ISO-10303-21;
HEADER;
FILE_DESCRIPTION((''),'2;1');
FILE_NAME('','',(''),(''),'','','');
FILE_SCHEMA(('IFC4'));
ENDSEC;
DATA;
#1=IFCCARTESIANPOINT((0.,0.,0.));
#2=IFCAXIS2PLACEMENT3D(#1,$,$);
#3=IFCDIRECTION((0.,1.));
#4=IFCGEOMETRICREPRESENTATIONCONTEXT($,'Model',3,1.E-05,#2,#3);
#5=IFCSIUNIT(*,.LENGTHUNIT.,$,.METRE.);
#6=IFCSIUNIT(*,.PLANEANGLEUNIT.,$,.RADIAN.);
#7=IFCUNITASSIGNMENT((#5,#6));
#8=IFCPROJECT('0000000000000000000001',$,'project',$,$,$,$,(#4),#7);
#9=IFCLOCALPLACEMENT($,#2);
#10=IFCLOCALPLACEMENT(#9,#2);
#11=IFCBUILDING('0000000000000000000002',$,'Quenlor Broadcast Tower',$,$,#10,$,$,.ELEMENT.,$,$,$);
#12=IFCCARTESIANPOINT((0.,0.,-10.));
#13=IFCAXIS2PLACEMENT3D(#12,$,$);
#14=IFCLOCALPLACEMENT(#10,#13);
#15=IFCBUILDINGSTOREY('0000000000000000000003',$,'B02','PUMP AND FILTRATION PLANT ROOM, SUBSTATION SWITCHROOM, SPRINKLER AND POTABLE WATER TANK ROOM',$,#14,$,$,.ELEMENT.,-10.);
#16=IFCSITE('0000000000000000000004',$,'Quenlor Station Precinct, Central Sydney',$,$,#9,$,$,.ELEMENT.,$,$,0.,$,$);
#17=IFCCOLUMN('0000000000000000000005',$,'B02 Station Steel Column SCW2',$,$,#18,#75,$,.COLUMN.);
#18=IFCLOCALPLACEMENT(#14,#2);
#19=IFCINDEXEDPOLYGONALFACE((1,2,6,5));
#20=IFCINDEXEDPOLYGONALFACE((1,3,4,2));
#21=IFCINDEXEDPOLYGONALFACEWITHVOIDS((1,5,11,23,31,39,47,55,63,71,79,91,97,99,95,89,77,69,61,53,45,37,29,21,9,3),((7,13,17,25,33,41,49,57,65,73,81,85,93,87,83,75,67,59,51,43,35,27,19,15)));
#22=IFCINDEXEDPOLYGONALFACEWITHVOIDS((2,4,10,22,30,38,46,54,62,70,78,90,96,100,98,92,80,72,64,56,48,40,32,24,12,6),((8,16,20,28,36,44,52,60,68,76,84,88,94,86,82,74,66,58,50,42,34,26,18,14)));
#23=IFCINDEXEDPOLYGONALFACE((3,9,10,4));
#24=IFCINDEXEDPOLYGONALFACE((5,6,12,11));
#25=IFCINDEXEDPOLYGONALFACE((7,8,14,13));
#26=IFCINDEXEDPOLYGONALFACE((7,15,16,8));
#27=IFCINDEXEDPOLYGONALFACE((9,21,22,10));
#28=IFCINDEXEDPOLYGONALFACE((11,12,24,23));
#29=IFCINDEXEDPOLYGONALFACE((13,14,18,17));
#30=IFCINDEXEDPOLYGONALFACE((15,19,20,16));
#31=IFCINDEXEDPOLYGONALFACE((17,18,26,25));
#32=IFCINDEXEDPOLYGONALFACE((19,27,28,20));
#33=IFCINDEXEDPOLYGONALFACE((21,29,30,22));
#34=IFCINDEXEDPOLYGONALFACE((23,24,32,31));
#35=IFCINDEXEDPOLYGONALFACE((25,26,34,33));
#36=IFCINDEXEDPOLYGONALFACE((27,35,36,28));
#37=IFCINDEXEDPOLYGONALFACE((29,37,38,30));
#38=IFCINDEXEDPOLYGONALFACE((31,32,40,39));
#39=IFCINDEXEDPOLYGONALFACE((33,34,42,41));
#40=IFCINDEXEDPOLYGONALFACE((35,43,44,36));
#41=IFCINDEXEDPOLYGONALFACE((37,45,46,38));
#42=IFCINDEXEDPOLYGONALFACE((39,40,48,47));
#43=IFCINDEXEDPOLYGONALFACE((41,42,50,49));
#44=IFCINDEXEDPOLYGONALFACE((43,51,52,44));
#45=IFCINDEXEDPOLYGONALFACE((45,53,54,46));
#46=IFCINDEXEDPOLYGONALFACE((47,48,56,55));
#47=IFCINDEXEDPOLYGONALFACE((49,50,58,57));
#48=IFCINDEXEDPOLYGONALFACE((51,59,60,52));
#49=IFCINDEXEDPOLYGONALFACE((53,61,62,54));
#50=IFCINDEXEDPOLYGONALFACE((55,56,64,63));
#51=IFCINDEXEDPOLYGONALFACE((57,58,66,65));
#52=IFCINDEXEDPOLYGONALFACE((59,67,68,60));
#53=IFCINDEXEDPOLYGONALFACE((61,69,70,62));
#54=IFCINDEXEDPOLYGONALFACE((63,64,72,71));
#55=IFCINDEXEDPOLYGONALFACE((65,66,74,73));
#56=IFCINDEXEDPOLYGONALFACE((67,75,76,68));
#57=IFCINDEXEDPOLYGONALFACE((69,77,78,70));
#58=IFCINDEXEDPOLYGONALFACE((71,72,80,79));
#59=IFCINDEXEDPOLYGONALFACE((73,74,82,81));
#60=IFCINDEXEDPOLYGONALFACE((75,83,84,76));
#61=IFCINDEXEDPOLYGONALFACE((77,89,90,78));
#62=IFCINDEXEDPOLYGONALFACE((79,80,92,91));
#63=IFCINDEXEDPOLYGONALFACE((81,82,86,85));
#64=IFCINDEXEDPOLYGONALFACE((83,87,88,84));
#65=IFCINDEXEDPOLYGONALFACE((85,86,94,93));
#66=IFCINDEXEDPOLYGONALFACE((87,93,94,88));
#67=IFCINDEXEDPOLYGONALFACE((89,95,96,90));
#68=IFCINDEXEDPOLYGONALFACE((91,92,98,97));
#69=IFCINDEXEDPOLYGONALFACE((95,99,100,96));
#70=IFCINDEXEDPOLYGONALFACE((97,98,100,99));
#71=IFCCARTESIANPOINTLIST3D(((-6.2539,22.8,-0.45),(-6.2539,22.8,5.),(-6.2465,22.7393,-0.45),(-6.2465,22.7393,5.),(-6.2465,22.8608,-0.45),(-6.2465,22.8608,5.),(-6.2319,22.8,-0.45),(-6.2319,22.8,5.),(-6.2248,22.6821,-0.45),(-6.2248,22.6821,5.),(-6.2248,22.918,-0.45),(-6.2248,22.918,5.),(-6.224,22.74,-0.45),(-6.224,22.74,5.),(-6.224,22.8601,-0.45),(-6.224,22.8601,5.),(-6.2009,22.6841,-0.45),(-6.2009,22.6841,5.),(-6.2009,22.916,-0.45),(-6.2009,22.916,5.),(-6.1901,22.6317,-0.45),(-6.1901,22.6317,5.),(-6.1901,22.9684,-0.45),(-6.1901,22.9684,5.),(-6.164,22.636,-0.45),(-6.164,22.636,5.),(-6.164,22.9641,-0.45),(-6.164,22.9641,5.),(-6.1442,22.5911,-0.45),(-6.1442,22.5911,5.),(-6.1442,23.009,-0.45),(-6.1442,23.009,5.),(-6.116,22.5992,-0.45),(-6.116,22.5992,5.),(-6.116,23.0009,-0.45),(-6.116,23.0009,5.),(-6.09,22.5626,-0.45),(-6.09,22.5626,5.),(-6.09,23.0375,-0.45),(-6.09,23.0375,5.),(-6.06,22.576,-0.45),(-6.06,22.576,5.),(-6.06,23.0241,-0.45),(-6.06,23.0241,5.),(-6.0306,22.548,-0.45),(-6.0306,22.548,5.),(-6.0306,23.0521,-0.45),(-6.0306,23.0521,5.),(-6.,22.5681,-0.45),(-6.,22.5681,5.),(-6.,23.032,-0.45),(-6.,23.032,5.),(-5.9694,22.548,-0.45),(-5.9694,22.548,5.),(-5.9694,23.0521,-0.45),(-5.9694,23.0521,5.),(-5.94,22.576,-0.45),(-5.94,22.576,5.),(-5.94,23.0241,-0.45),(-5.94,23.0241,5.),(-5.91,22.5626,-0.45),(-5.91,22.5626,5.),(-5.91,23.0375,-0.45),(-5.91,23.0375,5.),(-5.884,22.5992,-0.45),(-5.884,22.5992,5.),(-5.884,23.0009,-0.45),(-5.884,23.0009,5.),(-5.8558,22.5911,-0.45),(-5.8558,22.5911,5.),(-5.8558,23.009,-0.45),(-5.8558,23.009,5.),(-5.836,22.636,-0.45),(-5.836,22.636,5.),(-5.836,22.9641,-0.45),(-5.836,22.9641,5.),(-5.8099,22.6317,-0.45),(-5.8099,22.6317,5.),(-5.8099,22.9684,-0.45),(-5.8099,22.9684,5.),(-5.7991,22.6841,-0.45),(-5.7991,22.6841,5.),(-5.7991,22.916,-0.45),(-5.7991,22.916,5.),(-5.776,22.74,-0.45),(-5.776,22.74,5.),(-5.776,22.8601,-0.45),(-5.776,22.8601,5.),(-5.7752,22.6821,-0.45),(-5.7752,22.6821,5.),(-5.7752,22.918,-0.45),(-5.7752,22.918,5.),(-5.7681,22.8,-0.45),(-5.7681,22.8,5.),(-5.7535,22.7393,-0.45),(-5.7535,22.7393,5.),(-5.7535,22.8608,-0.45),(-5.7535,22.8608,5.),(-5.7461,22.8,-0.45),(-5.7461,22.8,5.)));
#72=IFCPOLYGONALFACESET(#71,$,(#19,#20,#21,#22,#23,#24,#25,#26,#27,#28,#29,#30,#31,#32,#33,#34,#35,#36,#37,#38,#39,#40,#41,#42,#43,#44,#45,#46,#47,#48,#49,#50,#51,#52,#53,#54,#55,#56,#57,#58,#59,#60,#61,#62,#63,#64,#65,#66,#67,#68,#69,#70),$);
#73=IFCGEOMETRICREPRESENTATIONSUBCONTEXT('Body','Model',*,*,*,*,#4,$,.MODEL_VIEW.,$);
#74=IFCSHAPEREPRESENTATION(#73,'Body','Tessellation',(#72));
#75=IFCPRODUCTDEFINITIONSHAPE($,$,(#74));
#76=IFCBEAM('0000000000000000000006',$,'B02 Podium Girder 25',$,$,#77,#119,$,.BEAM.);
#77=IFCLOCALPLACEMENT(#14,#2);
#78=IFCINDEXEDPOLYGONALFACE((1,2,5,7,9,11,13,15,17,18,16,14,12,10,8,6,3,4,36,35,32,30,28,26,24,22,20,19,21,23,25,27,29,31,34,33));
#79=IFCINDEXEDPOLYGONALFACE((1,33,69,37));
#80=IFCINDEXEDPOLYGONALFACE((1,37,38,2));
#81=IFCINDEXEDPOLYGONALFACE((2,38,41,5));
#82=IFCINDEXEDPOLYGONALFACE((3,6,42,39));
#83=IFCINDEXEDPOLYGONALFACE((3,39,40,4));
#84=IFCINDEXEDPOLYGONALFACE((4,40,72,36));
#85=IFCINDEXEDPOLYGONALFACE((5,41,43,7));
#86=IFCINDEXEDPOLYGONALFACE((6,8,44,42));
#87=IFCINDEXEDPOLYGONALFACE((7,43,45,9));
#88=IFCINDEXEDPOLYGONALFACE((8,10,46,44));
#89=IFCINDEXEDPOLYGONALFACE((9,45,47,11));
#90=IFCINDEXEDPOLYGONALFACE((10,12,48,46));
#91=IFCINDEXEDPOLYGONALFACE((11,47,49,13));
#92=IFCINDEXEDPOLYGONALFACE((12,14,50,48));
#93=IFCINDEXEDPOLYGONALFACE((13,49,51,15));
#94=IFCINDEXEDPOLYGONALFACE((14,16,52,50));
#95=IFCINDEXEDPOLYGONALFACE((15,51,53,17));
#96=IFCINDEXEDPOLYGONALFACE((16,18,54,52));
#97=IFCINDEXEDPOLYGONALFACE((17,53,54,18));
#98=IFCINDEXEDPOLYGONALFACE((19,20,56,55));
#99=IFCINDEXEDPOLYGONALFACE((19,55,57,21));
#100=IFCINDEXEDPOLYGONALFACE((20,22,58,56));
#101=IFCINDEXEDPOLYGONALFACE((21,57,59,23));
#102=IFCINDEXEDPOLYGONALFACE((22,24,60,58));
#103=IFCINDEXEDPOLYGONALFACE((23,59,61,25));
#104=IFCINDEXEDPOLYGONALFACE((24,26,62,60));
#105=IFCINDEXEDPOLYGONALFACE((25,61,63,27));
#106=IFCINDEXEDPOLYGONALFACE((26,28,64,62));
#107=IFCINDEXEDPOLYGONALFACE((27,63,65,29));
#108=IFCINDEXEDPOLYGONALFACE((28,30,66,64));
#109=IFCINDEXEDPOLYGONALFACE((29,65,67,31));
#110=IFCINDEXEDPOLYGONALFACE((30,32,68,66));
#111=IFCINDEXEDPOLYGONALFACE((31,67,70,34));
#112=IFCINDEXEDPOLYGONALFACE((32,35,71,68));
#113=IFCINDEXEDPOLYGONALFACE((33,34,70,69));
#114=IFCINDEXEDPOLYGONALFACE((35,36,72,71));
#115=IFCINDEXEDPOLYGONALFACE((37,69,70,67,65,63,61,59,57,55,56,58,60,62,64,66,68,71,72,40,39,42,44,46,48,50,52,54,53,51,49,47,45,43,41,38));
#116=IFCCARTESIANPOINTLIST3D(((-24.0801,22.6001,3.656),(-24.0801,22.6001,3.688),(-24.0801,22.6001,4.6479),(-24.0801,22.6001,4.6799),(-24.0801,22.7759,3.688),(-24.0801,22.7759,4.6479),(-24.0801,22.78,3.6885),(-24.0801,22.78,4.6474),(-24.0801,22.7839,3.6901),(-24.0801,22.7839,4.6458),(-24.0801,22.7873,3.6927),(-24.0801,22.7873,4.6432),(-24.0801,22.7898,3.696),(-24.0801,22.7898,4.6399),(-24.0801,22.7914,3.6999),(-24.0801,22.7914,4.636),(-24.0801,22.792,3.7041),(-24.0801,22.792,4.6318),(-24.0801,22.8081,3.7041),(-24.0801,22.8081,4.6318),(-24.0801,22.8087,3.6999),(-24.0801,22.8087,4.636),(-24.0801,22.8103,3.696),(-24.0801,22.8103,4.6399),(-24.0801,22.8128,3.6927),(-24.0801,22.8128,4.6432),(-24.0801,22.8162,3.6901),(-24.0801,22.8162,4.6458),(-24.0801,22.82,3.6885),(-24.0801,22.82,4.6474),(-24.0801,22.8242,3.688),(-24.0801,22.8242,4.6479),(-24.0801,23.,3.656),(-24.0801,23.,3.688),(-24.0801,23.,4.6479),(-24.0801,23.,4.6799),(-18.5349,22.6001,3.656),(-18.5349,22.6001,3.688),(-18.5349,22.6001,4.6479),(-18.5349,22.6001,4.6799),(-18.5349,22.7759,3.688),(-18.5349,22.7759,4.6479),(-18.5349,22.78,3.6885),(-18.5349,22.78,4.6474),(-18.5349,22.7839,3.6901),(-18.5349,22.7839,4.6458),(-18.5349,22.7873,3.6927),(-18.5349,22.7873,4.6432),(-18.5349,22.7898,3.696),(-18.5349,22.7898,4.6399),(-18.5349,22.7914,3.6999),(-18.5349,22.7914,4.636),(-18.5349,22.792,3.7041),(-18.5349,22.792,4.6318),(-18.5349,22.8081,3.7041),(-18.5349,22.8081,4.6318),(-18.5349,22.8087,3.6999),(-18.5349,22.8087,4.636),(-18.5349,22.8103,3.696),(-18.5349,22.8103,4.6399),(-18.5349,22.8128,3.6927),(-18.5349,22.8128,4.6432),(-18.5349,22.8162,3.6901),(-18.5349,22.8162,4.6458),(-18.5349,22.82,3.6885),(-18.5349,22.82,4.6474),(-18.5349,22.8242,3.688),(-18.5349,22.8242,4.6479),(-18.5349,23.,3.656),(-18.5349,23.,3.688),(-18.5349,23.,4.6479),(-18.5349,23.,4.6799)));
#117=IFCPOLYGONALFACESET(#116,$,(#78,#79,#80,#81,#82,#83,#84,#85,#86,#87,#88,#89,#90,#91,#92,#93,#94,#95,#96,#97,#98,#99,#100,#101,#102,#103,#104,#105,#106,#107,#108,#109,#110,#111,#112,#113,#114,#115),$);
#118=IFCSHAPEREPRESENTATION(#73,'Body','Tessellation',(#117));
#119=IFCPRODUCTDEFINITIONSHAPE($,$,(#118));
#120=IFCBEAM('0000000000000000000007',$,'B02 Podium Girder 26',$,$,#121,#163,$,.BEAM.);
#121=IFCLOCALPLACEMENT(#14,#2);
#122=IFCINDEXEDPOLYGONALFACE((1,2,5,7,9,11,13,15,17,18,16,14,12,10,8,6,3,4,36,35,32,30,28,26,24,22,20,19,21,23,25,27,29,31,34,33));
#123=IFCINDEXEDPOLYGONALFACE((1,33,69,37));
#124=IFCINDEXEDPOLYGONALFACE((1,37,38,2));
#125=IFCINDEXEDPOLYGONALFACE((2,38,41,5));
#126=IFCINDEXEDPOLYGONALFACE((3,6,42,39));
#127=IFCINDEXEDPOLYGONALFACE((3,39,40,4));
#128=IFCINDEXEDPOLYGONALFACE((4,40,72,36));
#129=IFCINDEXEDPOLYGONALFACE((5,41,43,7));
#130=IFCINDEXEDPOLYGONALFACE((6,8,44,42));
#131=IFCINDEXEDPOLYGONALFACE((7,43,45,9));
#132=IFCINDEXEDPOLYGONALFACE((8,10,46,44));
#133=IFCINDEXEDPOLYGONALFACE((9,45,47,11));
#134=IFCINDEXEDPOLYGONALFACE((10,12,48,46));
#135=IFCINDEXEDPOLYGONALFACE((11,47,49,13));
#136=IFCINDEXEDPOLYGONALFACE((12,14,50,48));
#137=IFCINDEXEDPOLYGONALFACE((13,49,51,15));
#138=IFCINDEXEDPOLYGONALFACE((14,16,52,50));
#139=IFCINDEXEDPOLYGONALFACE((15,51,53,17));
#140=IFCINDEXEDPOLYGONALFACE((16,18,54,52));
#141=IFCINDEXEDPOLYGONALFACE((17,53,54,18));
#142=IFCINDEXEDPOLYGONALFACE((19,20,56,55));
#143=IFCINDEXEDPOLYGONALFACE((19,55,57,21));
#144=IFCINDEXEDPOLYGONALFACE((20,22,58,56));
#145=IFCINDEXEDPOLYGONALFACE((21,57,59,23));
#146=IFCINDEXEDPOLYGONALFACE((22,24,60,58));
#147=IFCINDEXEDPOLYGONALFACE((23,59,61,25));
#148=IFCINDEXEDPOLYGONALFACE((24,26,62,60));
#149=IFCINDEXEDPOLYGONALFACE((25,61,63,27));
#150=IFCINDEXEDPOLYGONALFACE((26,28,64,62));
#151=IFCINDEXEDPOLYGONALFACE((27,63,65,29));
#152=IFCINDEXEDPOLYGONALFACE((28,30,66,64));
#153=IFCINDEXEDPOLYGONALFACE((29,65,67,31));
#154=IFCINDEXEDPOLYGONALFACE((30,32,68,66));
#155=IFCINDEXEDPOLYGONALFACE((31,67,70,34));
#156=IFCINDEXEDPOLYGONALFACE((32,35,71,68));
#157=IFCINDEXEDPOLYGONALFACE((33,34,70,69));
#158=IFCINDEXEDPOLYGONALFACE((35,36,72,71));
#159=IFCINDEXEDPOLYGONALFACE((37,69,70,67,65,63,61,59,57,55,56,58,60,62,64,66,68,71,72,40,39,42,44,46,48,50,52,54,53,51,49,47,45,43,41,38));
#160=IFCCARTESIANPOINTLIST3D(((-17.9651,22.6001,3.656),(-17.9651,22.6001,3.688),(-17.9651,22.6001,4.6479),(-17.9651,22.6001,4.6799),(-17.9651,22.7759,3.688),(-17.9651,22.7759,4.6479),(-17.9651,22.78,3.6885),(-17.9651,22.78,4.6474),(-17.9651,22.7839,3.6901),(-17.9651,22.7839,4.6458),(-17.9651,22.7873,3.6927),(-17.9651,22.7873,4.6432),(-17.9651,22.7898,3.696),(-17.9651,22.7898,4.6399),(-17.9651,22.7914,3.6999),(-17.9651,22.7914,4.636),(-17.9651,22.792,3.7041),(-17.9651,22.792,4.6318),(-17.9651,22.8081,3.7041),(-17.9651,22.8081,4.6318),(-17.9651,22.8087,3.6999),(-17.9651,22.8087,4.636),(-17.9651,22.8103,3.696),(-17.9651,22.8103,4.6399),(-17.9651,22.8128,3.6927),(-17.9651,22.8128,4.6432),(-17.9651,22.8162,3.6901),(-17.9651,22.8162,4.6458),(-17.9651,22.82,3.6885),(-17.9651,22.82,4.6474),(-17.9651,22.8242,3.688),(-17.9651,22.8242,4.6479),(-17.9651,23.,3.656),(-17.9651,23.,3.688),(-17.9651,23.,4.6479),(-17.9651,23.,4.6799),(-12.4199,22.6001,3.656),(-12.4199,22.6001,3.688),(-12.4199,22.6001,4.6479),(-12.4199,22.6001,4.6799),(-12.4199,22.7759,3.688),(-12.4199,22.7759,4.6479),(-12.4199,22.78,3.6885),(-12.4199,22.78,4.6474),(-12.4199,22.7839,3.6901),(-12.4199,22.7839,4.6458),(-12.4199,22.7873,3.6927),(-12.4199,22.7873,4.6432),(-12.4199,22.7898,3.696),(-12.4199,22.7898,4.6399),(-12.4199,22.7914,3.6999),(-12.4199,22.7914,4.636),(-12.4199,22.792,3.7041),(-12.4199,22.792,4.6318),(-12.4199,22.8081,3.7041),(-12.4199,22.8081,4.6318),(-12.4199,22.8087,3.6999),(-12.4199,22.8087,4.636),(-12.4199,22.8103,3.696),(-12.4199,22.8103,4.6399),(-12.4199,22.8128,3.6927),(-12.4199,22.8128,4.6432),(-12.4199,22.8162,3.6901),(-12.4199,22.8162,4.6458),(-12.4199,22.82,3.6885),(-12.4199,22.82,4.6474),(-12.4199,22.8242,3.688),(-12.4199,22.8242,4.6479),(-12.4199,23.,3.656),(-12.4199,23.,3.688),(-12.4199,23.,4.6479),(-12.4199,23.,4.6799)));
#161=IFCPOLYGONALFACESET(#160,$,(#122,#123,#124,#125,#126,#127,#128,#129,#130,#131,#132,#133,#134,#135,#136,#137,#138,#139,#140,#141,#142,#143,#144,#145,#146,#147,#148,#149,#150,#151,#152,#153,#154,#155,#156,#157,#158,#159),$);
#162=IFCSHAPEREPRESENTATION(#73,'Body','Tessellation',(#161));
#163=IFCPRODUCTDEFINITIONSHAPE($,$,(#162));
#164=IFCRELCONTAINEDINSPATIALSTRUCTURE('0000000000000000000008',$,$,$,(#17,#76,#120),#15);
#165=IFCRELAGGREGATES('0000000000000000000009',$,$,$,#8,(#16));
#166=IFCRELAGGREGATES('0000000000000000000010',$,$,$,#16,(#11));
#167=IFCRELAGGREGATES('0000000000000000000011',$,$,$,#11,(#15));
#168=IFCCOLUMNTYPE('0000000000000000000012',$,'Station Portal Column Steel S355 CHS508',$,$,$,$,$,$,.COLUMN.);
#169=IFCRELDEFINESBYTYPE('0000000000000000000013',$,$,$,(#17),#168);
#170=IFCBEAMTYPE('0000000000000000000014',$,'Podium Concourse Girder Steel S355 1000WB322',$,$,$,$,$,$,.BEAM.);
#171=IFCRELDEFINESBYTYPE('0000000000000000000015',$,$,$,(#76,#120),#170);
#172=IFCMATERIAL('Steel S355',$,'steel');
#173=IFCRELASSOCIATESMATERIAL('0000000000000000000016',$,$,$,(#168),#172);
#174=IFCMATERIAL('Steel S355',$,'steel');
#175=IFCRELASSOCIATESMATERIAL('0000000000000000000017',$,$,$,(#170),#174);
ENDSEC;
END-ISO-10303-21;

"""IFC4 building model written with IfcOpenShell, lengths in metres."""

from ifc_helpers import new_model, si_unit, direction, frame, origin, origin_2d, place, context, subcontext, project, spatial, hollow_circle, i_section, extrude, material, material_profile, profile_set, type_object, element, save


model = new_model("IFC4")

# Units and contexts
model_context = context("Model", 3, precision=1e-05, world=origin(), true_north=direction((0.0, 1.0)))
body_context = subcontext(model_context, "Body", "Model", "MODEL_VIEW")
ifc_project = project(units=[si_unit("LENGTHUNIT", "METRE"), si_unit("PLANEANGLEUNIT", "RADIAN")], contexts=[model_context])

# Site, building, storey
site_placement = place(None, origin())
site = spatial("IfcSite", under=ifc_project, at=site_placement, Name="Quenlor Station Precinct, Central Sydney", CompositionType="ELEMENT", RefElevation=0.0)
building_placement = place(site_placement, origin())
building = spatial("IfcBuilding", under=site, at=building_placement, Name="Quenlor Broadcast Tower", CompositionType="ELEMENT")
storey_placement = place(building_placement, frame((0.0, 0.0, -10.0)))
storey = spatial("IfcBuildingStorey", under=building, at=storey_placement, Name="B02", Description="PUMP AND FILTRATION PLANT ROOM, SUBSTATION SWITCHROOM, SPRINKLER AND POTABLE WATER TANK ROOM", CompositionType="ELEMENT", Elevation=-10.0)

# Column
ifc_material_1 = material(Name="Steel S355", Category="steel")
ifc_material_profile_1 = material_profile(ifc_material_1, hollow_circle(Radius=0.2539, WallThickness=0.022, at=origin_2d()))
ifc_profile_set_1 = profile_set([ifc_material_profile_1], Name="Steel S355 CHS508x22")
column_type_1 = type_object("IfcColumnType", Name="Station Portal Column Steel S355 CHS508", PredefinedType="COLUMN", material=ifc_profile_set_1)
column_1_placement = place(storey_placement, frame((-6.0, 22.8, -0.45), z_axis=(0.0, 0.0, 1.0), x_axis=(1.0, 0.0, 0.0)))
element("IfcColumn", 1, at=column_1_placement, inside=storey, type_object=column_type_1, Name="B02 Station Steel Column SCW2", PredefinedType="COLUMN", context=body_context, shape_type="SweptSolid", body=[
    extrude(hollow_circle(Radius=0.2539, WallThickness=0.022, at=origin_2d()), origin(), (0.0, 0.0, 1.0), 5.45),
])

# Beams
ifc_material_2 = material(Name="Steel S355", Category="steel")
ifc_material_profile_2 = material_profile(ifc_material_2, i_section(OverallWidth=0.3999, OverallDepth=1.0239, WebThickness=0.0161, FlangeThickness=0.032, FilletRadius=0.0161, at=origin_2d()))
ifc_profile_set_2 = profile_set([ifc_material_profile_2], Name="Steel S355 1000WB322")
beam_type_1 = type_object("IfcBeamType", Name="Podium Concourse Girder Steel S355 1000WB322", PredefinedType="BEAM", material=ifc_profile_set_2)
for number, where, z_axis, x_axis, name in (
    (2, (-24.0801, 22.8, 4.168), (1.0, 0.0, 0.0), (0.0, 1.0, 0.0), "B02 Podium Girder 25"),
    (3, (-17.9651, 22.8, 4.168), (1.0, 0.0, 0.0), (0.0, 1.0, 0.0), "B02 Podium Girder 26"),
):
    element("IfcBeam", number, at=place(storey_placement, frame(where, z_axis=z_axis, x_axis=x_axis)), inside=storey, type_object=beam_type_1, Name=name, PredefinedType="BEAM", context=body_context, shape_type="SweptSolid", body=[
        extrude(i_section(OverallWidth=0.3999, OverallDepth=1.0239, WebThickness=0.0161, FlangeThickness=0.032, FilletRadius=0.0161, at=origin_2d()), origin(), (0.0, 0.0, 1.0), 5.5452),
    ])

save(model, "model.ifc")
